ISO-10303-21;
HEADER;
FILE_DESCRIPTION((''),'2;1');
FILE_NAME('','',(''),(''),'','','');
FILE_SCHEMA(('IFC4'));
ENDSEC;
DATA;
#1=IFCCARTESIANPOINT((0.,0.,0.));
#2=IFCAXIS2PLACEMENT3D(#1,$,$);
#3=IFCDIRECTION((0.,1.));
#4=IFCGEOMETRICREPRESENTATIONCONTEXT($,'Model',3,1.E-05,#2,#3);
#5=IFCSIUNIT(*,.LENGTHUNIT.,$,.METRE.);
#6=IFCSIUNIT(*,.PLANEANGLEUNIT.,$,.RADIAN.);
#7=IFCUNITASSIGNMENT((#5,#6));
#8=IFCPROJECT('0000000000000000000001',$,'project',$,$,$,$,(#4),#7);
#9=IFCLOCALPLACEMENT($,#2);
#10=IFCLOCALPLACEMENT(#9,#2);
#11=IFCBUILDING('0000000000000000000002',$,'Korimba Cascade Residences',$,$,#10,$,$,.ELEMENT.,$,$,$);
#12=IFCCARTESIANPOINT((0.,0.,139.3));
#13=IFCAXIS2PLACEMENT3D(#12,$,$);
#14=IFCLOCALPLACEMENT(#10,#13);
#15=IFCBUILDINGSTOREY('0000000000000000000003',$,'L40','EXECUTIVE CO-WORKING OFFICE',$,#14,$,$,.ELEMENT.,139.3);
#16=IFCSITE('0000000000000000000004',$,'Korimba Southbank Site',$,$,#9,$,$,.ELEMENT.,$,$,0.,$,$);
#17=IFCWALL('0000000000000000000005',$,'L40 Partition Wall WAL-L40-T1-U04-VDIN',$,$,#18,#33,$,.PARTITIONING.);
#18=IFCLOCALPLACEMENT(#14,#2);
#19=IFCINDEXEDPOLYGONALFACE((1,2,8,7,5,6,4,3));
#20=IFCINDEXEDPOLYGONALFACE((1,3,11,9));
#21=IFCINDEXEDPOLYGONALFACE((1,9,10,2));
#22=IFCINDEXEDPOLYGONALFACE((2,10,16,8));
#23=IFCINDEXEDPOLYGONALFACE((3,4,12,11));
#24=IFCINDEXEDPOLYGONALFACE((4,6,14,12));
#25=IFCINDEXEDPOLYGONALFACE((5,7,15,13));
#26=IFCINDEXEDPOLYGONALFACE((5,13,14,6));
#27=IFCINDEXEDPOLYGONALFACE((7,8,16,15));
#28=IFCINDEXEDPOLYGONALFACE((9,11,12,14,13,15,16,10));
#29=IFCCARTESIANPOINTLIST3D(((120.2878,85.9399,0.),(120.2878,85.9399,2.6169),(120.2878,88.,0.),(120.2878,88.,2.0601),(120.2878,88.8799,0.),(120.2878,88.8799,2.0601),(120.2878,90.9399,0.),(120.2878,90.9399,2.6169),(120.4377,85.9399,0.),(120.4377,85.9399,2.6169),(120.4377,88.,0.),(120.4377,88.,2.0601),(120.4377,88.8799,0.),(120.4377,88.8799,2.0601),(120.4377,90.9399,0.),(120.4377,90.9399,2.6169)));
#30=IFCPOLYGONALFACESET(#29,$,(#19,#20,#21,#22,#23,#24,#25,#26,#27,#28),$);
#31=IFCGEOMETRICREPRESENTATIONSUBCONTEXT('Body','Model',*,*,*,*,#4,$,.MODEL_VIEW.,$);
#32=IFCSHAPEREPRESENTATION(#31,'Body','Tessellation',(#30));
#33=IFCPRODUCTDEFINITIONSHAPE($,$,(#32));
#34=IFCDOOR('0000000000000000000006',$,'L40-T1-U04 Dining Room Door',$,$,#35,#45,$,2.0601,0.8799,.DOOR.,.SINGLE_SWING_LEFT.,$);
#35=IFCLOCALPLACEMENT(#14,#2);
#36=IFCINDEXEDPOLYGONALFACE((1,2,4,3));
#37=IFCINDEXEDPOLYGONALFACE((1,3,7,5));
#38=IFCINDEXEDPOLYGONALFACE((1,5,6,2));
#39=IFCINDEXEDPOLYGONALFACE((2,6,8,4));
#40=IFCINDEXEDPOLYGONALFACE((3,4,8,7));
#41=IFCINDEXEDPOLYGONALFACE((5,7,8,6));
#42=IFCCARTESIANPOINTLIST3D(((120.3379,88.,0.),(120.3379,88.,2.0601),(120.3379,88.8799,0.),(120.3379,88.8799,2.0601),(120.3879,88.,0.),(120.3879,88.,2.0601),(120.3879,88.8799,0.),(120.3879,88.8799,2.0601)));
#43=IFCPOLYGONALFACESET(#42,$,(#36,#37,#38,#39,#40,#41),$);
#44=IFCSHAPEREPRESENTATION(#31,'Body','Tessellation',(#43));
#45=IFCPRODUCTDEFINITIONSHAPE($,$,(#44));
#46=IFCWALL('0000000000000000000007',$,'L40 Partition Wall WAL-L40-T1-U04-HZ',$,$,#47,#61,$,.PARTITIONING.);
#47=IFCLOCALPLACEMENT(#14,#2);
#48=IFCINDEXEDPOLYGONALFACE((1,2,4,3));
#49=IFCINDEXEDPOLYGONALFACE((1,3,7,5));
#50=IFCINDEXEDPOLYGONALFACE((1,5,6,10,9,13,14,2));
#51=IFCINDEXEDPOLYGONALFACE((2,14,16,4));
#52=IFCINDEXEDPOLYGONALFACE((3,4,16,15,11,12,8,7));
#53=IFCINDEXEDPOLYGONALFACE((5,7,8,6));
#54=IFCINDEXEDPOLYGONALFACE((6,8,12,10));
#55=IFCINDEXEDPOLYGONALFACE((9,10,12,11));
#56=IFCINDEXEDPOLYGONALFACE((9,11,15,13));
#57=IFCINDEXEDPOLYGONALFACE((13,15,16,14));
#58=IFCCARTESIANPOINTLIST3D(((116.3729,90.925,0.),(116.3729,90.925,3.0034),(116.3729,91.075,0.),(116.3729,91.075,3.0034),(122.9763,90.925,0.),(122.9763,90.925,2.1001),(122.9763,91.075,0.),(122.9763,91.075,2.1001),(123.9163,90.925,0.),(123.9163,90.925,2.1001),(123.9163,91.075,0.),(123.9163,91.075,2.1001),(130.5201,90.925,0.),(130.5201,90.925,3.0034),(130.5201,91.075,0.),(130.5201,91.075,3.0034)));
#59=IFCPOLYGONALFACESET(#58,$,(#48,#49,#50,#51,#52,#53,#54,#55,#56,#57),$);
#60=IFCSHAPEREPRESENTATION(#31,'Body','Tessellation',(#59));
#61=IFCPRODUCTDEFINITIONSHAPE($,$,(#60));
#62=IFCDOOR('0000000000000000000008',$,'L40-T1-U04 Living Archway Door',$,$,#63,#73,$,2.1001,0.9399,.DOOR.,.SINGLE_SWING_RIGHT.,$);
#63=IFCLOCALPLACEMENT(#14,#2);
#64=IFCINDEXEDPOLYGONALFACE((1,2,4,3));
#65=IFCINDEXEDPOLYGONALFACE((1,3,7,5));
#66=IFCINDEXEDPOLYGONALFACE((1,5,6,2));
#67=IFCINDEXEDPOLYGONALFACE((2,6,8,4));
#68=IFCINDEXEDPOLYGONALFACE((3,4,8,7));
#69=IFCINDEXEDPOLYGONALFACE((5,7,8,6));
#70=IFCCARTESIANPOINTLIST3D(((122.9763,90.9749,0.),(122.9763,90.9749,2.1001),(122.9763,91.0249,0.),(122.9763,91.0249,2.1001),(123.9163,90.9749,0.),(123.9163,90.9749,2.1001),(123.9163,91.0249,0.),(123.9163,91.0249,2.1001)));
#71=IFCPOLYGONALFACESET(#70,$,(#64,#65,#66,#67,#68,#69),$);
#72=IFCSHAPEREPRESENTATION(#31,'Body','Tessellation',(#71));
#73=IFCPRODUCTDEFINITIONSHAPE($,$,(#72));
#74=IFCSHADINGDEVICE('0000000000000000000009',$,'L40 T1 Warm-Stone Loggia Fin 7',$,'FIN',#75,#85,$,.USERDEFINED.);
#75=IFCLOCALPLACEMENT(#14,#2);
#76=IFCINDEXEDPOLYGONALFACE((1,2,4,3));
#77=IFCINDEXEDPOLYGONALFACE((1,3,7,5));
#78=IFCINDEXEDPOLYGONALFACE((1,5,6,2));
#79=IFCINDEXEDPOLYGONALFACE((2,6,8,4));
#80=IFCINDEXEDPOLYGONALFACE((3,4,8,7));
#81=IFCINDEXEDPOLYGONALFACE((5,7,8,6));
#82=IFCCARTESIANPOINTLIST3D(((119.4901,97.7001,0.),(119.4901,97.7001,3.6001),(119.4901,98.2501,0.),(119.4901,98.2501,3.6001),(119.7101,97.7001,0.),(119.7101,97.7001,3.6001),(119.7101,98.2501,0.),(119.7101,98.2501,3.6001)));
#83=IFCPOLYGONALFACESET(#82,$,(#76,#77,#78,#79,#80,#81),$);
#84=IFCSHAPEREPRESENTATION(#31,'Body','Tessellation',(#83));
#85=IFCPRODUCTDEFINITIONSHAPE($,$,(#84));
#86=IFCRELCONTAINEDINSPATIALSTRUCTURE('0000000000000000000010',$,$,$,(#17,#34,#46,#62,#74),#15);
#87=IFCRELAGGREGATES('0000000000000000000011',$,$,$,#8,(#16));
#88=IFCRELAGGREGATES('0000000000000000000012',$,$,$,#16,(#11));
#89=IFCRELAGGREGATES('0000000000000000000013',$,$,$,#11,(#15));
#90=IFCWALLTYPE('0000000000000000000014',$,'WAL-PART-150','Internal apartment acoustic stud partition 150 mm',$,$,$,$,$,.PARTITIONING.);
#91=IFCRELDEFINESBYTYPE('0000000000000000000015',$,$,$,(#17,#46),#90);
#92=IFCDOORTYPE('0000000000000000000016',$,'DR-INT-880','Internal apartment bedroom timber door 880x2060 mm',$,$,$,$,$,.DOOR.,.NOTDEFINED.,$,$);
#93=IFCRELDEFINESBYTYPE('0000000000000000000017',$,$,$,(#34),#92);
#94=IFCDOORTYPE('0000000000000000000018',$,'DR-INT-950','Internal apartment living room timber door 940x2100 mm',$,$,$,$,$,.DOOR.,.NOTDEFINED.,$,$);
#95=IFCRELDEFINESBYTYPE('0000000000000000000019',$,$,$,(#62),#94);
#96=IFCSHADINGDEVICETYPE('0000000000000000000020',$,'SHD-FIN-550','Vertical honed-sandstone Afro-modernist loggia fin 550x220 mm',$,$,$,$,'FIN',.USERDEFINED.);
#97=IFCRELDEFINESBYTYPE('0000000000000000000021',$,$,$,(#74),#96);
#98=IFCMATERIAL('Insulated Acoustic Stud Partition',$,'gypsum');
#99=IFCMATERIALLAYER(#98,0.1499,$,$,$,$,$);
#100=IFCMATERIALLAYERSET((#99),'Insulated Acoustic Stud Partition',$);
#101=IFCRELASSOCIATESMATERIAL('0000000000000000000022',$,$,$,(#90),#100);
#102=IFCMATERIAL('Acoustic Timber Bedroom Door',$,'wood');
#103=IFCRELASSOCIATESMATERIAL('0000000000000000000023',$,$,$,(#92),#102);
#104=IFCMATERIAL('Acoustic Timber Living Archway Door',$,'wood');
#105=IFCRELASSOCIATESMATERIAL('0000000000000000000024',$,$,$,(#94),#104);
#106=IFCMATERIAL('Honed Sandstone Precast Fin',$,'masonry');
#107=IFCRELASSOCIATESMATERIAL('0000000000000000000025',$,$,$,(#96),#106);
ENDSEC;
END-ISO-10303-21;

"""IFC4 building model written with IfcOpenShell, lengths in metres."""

from ifc_helpers import new_model, si_unit, direction, frame, frame_2d, origin, origin_2d, place, context, subcontext, project, spatial, rectangle, extrude, material, layer, layer_set, type_object, element, fill, save


model = new_model("IFC4")

# Units and contexts
model_context = context("Model", 3, precision=1e-05, world=origin(), true_north=direction((0.0, 1.0)))
body_context = subcontext(model_context, "Body", "Model", "MODEL_VIEW")
ifc_project = project(units=[si_unit("LENGTHUNIT", "METRE"), si_unit("PLANEANGLEUNIT", "RADIAN")], contexts=[model_context])

# Site, building, storey
site_placement = place(None, origin())
site = spatial("IfcSite", under=ifc_project, at=site_placement, Name="Korimba Southbank Site", CompositionType="ELEMENT", RefElevation=0.0)
building_placement = place(site_placement, origin())
building = spatial("IfcBuilding", under=site, at=building_placement, Name="Korimba Cascade Residences", CompositionType="ELEMENT")
storey_placement = place(building_placement, frame((0.0, 0.0, 139.3)))
storey = spatial("IfcBuildingStorey", under=building, at=storey_placement, Name="L40", Description="EXECUTIVE CO-WORKING OFFICE", CompositionType="ELEMENT", Elevation=139.3)

# Walls, openings, doors
ifc_material_1 = material(Name="Insulated Acoustic Stud Partition", Category="gypsum")
ifc_layer = layer(ifc_material_1, 0.1499)
ifc_layer_set = layer_set([ifc_layer], Name="Insulated Acoustic Stud Partition")
wall_type = type_object("IfcWallType", Name="WAL-PART-150", Description="Internal apartment acoustic stud partition 150 mm", PredefinedType="PARTITIONING", material=ifc_layer_set)
wall_1_placement = place(storey_placement, frame((120.3628, 85.9399, 0.0), z_axis=(0.0, 0.0, 1.0), x_axis=(0.0, 1.0, 0.0)))
wall_1 = element("IfcWall", 1, at=wall_1_placement, inside=storey, type_object=wall_type, Name="L40 Partition Wall WAL-L40-T1-U04-VDIN", PredefinedType="PARTITIONING", context=body_context, shape_type="SweptSolid", body=[
    extrude(rectangle(XDim=5.0, YDim=0.1499, at=frame_2d((2.5, 0.0))), origin(), (0.0, 0.0, 1.0), 2.6169),
])
opening_1_placement = place(wall_1_placement, frame((2.0601, 0.0, 0.0)))
opening_1 = element("IfcOpeningElement", 2, at=opening_1_placement, cuts=wall_1, PredefinedType="OPENING", context=body_context, shape_type="SweptSolid", body=[
    extrude(rectangle(XDim=0.8799, YDim=2.0601, at=frame_2d((0.4399, 1.03))), frame((0.0, 0.085, 0.0), z_axis=(0.0, -1.0, 0.0), x_axis=(1.0, 0.0, 0.0)), (0.0, 0.0, 1.0), 0.1699),
])
ifc_material_2 = material(Name="Acoustic Timber Bedroom Door", Category="wood")
door_type_1 = type_object("IfcDoorType", Name="DR-INT-880", Description="Internal apartment bedroom timber door 880x2060 mm", OperationType="NOTDEFINED", PredefinedType="DOOR", material=ifc_material_2)
door_1_placement = place(opening_1_placement, origin())
door_1 = element("IfcDoor", 3, at=door_1_placement, inside=storey, type_object=door_type_1, Name="L40-T1-U04 Dining Room Door", OperationType="SINGLE_SWING_LEFT", OverallHeight=2.0601, OverallWidth=0.8799, PredefinedType="DOOR", context=body_context, shape_type="SweptSolid", body=[
    extrude(rectangle(XDim=0.8799, YDim=2.0601, at=frame_2d((0.4399, 1.03))), frame((0.0, 0.0249, 0.0), z_axis=(0.0, -1.0, 0.0), x_axis=(1.0, 0.0, 0.0)), (0.0, 0.0, 1.0), 0.05),
])
fill(opening_1, door_1)
wall_2_placement = place(storey_placement, frame((116.3728, 91.0, 0.0), z_axis=(0.0, 0.0, 1.0), x_axis=(1.0, 0.0, 0.0)))
wall_2 = element("IfcWall", 4, at=wall_2_placement, inside=storey, type_object=wall_type, Name="L40 Partition Wall WAL-L40-T1-U04-HZ", PredefinedType="PARTITIONING", context=body_context, shape_type="SweptSolid", body=[
    extrude(rectangle(XDim=14.1472, YDim=0.1499, at=frame_2d((7.0737, 0.0))), origin(), (0.0, 0.0, 1.0), 3.0034),
])
opening_2_placement = place(wall_2_placement, frame((6.6035, 0.0, 0.0)))
opening_2 = element("IfcOpeningElement", 5, at=opening_2_placement, cuts=wall_2, PredefinedType="OPENING", context=body_context, shape_type="SweptSolid", body=[
    extrude(rectangle(XDim=0.9399, YDim=2.1001, at=frame_2d((0.47, 1.05))), frame((0.0, 0.085, 0.0), z_axis=(0.0, -1.0, 0.0), x_axis=(1.0, 0.0, 0.0)), (0.0, 0.0, 1.0), 0.1699),
])
ifc_material_3 = material(Name="Acoustic Timber Living Archway Door", Category="wood")
door_type_2 = type_object("IfcDoorType", Name="DR-INT-950", Description="Internal apartment living room timber door 940x2100 mm", OperationType="NOTDEFINED", PredefinedType="DOOR", material=ifc_material_3)
door_2_placement = place(opening_2_placement, origin())
door_2 = element("IfcDoor", 6, at=door_2_placement, inside=storey, type_object=door_type_2, Name="L40-T1-U04 Living Archway Door", OperationType="SINGLE_SWING_RIGHT", OverallHeight=2.1001, OverallWidth=0.9399, PredefinedType="DOOR", context=body_context, shape_type="SweptSolid", body=[
    extrude(rectangle(XDim=0.9399, YDim=2.1001, at=frame_2d((0.47, 1.05))), frame((0.0, 0.0249, 0.0), z_axis=(0.0, -1.0, 0.0), x_axis=(1.0, 0.0, 0.0)), (0.0, 0.0, 1.0), 0.05),
])
fill(opening_2, door_2)

# Shading device
ifc_material_4 = material(Name="Honed Sandstone Precast Fin", Category="masonry")
shading_device_type = type_object("IfcShadingDeviceType", Name="SHD-FIN-550", Description="Vertical honed-sandstone Afro-modernist loggia fin 550x220 mm", ElementType="FIN", PredefinedType="USERDEFINED", material=ifc_material_4)
shading_device_placement = place(storey_placement, frame((119.6001, 97.9751, 0.0), z_axis=(0.0, 0.0, 1.0), x_axis=(1.0, 0.0, 0.0)))
element("IfcShadingDevice", 7, at=shading_device_placement, inside=storey, type_object=shading_device_type, Name="L40 T1 Warm-Stone Loggia Fin 7", ObjectType="FIN", PredefinedType="USERDEFINED", context=body_context, shape_type="SweptSolid", body=[
    extrude(rectangle(XDim=0.22, YDim=0.55, at=origin_2d()), origin(), (0.0, 0.0, 1.0), 3.6001),
])

save(model, "model.ifc")
